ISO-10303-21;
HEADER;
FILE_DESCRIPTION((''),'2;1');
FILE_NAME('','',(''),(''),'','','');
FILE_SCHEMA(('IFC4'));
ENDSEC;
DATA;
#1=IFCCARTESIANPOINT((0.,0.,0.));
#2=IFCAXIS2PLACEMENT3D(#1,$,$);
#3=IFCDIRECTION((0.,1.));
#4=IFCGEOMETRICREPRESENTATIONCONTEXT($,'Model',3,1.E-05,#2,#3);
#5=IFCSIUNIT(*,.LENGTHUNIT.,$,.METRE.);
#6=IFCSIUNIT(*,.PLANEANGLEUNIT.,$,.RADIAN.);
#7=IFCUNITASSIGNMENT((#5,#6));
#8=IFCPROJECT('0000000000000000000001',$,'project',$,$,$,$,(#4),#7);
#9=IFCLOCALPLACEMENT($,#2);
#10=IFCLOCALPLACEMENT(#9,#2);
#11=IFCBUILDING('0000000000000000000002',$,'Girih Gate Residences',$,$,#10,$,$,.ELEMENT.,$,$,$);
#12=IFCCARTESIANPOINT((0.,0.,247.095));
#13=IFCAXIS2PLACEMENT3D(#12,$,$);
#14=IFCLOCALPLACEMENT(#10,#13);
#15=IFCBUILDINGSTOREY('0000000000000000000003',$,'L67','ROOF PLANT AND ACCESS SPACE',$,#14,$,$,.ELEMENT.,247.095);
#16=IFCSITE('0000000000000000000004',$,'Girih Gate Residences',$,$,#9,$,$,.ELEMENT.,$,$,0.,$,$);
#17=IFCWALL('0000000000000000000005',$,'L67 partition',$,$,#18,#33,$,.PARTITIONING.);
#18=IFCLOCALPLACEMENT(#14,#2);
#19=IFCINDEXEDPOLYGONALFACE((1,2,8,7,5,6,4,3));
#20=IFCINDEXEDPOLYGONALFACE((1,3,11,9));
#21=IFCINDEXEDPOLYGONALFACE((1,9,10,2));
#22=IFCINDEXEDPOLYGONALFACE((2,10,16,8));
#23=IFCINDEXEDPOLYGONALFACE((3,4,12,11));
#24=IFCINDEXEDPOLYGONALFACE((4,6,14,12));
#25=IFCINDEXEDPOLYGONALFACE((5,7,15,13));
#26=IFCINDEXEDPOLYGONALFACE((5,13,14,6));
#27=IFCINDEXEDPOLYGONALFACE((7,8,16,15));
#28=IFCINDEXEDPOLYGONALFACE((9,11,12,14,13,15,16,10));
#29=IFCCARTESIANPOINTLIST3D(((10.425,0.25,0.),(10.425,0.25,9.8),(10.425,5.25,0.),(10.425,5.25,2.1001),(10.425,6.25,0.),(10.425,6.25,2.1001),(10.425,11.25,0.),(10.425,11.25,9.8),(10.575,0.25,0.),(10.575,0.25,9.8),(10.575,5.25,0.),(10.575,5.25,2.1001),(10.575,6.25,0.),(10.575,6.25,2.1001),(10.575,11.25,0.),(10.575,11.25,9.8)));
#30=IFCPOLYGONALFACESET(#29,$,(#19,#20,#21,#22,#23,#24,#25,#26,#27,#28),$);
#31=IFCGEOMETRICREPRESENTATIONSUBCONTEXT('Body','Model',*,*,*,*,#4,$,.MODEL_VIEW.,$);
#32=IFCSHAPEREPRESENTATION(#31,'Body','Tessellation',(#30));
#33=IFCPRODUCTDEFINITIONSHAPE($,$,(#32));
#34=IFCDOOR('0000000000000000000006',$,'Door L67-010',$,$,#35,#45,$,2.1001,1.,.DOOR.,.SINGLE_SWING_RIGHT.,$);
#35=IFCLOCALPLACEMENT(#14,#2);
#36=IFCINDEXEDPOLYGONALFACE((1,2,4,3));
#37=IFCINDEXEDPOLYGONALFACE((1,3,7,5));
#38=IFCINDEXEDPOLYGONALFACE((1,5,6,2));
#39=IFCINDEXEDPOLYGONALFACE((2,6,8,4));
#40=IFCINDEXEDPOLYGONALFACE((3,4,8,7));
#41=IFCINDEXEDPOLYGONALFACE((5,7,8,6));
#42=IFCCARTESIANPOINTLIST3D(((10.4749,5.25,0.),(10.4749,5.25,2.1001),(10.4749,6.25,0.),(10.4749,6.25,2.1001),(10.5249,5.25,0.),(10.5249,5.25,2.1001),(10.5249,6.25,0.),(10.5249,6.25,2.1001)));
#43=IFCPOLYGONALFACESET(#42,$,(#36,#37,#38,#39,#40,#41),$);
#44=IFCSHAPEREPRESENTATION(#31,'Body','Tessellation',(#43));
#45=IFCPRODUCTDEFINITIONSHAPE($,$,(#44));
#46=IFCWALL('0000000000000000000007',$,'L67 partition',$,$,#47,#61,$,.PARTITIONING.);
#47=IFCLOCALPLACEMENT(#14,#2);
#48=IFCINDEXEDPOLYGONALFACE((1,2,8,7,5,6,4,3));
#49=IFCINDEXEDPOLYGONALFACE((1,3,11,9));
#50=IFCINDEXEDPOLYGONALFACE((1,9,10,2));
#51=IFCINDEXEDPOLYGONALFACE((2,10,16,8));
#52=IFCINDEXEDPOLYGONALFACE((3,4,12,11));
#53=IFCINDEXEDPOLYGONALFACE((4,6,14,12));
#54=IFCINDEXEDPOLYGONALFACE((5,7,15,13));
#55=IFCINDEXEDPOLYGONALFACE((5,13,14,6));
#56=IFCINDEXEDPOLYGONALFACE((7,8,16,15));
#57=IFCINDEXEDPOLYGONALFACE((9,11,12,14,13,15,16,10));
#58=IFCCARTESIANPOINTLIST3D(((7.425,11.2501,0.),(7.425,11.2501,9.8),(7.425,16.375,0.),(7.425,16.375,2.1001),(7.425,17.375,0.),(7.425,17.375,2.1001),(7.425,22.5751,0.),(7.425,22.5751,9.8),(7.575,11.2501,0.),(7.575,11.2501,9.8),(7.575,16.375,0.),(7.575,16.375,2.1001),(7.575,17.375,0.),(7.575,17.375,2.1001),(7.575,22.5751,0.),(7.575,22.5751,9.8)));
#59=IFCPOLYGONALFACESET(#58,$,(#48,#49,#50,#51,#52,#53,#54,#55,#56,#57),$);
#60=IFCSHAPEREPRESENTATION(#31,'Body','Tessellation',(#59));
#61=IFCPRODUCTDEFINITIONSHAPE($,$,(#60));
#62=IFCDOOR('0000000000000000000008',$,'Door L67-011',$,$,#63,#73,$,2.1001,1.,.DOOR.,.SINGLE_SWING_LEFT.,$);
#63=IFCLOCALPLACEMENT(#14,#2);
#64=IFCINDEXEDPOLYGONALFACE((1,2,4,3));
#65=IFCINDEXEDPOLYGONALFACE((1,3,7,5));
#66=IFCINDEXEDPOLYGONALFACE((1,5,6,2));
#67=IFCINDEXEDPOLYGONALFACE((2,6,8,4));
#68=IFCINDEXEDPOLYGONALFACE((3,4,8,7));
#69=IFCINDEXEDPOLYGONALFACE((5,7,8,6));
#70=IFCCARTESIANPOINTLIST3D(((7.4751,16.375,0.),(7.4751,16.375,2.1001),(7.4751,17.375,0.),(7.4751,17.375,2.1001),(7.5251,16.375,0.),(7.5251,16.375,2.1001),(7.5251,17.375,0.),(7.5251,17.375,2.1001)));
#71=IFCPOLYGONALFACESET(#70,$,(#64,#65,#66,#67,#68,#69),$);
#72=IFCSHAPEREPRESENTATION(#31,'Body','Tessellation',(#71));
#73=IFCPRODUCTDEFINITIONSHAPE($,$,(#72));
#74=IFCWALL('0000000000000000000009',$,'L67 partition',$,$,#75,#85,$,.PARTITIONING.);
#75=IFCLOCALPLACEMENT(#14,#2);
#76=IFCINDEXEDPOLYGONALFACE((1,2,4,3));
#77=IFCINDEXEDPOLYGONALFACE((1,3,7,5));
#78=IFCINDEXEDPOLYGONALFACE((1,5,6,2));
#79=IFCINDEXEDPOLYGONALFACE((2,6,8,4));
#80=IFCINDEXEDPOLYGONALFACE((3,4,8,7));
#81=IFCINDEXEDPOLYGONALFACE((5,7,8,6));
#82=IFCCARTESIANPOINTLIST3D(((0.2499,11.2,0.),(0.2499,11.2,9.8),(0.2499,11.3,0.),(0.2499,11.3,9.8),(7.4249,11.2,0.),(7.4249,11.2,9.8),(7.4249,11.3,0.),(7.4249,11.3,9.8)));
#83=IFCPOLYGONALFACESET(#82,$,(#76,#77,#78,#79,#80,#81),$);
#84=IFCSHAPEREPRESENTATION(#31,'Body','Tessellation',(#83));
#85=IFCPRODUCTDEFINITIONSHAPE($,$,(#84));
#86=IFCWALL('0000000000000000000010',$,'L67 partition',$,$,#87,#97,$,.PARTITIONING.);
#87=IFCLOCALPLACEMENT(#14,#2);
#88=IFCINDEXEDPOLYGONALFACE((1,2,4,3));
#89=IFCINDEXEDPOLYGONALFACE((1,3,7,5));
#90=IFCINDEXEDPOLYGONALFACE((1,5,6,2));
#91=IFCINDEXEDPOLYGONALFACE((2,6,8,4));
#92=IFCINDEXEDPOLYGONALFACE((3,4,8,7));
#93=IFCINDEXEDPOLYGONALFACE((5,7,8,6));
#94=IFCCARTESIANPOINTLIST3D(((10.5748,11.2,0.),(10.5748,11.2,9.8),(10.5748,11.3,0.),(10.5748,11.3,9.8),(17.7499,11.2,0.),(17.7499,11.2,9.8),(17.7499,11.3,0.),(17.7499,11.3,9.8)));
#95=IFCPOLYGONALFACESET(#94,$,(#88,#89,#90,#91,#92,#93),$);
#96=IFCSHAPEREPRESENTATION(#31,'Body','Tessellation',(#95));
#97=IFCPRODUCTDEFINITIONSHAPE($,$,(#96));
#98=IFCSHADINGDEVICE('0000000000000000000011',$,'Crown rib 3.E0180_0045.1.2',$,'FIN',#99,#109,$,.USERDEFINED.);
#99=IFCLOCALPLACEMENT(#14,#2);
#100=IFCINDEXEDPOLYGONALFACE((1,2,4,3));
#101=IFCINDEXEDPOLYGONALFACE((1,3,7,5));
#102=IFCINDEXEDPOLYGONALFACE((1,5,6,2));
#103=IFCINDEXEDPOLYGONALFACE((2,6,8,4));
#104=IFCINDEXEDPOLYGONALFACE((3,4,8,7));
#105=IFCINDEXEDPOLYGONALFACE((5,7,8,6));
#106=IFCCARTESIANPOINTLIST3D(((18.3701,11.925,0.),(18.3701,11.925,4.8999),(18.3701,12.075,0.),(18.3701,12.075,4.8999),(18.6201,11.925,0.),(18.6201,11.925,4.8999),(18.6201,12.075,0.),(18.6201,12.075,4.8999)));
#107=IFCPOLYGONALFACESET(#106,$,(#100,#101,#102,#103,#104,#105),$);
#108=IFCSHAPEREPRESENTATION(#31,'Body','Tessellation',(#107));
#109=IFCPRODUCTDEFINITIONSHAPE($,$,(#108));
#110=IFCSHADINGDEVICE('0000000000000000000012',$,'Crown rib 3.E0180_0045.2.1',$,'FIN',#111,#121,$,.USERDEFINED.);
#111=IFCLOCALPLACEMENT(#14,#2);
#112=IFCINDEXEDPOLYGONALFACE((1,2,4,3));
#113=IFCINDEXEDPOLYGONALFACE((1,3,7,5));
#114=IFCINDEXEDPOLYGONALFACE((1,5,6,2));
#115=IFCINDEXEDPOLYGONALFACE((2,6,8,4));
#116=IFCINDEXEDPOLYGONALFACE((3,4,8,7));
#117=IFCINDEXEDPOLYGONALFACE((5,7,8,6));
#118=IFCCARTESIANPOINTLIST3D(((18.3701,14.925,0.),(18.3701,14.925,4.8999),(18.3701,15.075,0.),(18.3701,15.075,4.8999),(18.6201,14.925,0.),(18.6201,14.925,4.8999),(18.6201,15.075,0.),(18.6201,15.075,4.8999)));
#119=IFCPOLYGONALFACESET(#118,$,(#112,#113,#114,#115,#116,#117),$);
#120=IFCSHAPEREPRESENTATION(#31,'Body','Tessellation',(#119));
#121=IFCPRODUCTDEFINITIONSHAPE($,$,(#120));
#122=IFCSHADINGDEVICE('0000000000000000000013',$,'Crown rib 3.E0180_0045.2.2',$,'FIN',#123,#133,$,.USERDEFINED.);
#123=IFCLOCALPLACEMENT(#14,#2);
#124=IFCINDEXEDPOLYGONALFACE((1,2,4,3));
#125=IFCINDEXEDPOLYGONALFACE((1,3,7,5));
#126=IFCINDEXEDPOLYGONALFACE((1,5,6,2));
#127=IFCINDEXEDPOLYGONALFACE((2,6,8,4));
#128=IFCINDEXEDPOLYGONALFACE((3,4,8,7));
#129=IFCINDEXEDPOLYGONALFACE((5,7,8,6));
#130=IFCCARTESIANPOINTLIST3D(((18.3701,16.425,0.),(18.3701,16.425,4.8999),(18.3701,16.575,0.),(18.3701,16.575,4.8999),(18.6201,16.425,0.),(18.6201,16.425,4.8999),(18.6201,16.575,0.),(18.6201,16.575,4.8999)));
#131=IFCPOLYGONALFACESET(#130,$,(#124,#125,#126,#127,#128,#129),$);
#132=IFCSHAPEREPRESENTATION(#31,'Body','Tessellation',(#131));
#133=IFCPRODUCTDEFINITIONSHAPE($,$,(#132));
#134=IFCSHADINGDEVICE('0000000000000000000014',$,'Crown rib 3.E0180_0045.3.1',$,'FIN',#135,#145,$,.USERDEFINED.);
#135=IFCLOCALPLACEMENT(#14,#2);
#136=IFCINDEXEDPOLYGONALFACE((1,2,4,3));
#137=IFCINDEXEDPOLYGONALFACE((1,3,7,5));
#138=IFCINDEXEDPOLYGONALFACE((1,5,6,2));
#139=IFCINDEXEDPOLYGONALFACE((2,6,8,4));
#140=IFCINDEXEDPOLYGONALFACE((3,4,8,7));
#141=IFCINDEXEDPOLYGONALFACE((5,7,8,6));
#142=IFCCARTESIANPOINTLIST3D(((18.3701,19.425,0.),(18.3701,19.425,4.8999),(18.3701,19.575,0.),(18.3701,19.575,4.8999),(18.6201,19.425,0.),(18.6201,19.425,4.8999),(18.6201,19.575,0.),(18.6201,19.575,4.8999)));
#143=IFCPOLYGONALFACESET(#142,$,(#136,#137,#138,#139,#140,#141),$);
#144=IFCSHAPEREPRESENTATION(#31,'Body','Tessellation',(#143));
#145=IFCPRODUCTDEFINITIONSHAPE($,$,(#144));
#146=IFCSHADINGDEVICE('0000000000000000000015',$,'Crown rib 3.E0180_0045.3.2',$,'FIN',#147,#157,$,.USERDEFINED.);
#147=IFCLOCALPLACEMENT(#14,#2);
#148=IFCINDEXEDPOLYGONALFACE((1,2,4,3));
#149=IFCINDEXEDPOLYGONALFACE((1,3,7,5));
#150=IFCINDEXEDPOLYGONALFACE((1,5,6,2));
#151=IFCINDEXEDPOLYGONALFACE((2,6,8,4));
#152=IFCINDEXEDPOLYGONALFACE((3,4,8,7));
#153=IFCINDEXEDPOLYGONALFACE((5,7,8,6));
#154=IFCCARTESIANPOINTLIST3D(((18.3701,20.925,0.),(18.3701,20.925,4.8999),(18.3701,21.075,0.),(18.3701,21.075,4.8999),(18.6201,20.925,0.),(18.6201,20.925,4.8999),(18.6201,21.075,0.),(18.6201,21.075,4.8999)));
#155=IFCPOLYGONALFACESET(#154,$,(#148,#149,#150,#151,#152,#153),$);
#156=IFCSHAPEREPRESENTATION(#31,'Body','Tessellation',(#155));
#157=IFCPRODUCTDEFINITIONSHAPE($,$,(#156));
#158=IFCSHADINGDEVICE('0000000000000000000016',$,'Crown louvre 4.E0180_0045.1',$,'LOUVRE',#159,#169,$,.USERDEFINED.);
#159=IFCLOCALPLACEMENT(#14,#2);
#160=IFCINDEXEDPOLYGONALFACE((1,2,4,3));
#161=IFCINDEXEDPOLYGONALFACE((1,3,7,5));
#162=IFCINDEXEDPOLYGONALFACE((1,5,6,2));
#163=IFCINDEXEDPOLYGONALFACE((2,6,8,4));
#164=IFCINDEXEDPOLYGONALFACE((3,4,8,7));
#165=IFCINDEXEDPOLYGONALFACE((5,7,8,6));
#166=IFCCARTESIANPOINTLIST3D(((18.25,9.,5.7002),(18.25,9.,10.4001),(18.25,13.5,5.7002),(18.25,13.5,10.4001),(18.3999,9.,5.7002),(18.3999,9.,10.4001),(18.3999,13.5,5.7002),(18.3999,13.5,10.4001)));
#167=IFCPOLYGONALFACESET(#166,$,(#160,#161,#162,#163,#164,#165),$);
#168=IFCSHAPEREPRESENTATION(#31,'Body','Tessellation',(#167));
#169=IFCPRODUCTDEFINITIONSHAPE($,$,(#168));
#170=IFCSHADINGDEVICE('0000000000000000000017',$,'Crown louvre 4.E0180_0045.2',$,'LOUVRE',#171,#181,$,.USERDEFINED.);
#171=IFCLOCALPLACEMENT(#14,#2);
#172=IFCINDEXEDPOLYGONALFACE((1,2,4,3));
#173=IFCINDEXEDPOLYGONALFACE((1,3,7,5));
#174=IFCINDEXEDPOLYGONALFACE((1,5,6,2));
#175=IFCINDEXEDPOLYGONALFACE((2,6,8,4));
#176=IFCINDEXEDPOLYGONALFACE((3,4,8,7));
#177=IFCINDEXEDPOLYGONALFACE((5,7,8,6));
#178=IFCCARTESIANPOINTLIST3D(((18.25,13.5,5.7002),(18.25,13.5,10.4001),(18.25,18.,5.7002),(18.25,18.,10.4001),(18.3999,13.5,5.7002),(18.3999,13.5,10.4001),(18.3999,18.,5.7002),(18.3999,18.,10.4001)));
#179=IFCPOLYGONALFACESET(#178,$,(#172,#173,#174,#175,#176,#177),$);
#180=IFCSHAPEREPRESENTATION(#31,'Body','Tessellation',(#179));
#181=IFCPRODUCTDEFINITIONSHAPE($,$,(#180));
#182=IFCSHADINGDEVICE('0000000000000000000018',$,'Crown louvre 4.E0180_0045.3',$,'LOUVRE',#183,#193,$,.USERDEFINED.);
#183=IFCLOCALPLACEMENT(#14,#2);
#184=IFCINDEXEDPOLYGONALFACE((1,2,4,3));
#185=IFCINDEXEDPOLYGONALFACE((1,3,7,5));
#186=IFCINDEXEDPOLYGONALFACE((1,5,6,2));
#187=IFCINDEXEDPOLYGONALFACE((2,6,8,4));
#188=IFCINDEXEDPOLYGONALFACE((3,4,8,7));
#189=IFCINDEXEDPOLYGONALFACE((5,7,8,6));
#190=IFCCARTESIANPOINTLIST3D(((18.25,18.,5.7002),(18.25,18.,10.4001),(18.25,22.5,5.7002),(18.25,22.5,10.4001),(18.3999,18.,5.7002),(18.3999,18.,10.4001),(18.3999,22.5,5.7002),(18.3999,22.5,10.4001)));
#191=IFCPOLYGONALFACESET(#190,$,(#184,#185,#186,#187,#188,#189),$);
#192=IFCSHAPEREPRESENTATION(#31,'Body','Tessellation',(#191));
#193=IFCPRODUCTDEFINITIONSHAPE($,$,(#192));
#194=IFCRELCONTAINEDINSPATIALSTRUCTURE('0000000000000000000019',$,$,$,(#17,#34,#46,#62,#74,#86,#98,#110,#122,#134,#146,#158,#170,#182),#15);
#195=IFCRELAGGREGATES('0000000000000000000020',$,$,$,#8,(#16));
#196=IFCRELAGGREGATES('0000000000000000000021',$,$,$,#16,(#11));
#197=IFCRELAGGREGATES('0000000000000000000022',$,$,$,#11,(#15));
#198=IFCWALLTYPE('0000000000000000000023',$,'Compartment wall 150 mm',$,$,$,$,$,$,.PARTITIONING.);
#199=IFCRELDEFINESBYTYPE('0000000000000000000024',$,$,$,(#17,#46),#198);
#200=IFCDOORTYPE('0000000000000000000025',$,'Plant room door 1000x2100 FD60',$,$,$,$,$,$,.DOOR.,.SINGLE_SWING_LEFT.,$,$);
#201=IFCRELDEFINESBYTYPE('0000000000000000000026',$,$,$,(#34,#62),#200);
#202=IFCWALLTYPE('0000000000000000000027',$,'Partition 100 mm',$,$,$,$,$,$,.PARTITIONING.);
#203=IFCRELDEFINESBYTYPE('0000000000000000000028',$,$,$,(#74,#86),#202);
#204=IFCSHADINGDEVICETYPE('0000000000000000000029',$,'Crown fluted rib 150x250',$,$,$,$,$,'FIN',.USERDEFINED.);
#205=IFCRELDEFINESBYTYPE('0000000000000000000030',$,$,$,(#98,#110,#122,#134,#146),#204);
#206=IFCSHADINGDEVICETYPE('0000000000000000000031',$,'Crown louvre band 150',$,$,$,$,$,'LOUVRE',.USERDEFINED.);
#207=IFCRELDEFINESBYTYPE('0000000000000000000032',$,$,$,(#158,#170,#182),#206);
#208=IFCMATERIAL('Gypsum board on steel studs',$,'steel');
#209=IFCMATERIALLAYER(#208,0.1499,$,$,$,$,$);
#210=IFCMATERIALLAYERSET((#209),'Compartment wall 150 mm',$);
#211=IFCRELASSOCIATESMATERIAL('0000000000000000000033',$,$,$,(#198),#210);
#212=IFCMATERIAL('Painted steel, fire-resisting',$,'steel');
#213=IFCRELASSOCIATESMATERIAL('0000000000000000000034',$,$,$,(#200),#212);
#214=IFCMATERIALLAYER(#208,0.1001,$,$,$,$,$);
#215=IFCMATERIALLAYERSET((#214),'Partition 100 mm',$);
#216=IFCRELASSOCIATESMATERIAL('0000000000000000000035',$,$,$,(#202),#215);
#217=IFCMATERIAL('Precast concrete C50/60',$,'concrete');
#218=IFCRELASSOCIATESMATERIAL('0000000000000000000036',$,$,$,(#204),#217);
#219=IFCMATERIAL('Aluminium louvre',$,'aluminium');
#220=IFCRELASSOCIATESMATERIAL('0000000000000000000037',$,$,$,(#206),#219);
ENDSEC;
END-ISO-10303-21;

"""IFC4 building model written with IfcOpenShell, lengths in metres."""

from ifc_helpers import new_model, si_unit, direction, frame, frame_2d, origin, origin_2d, place, context, subcontext, project, spatial, rectangle, extrude, material, layer, layer_set, type_object, element, fill, save


model = new_model("IFC4")

# Units and contexts
model_context = context("Model", 3, precision=1e-05, world=origin(), true_north=direction((0.0, 1.0)))
body_context = subcontext(model_context, "Body", "Model", "MODEL_VIEW")
ifc_project = project(units=[si_unit("LENGTHUNIT", "METRE"), si_unit("PLANEANGLEUNIT", "RADIAN")], contexts=[model_context])

# Site, building, storey
site_placement = place(None, origin())
site = spatial("IfcSite", under=ifc_project, at=site_placement, Name="Girih Gate Residences", CompositionType="ELEMENT", RefElevation=0.0)
building_placement = place(site_placement, origin())
building = spatial("IfcBuilding", under=site, at=building_placement, Name="Girih Gate Residences", CompositionType="ELEMENT")
storey_placement = place(building_placement, frame((0.0, 0.0, 247.095)))
storey = spatial("IfcBuildingStorey", under=building, at=storey_placement, Name="L67", Description="ROOF PLANT AND ACCESS SPACE", CompositionType="ELEMENT", Elevation=247.095)

# Walls, openings, doors
ifc_material_1 = material(Name="Gypsum board on steel studs", Category="steel")
ifc_layer_1 = layer(ifc_material_1, 0.1499)
ifc_layer_set_1 = layer_set([ifc_layer_1], Name="Compartment wall 150 mm")
wall_type_1 = type_object("IfcWallType", Name="Compartment wall 150 mm", PredefinedType="PARTITIONING", material=ifc_layer_set_1)
wall_1_placement = place(storey_placement, frame((10.5, 11.25, 0.0), z_axis=(0.0, 0.0, 1.0), x_axis=(0.0, -1.0, 0.0)))
wall_1 = element("IfcWall", 1, at=wall_1_placement, inside=storey, type_object=wall_type_1, Name="L67 partition", PredefinedType="PARTITIONING", context=body_context, shape_type="SweptSolid", body=[
    extrude(rectangle(XDim=11.0, YDim=0.1499, at=frame_2d((5.5, 0.0))), origin(), (0.0, 0.0, 1.0), 9.8),
])
opening_1_placement = place(wall_1_placement, frame((5.0, 0.0, 0.0)))
opening_1 = element("IfcOpeningElement", 2, at=opening_1_placement, cuts=wall_1, PredefinedType="OPENING", context=body_context, shape_type="SweptSolid", body=[
    extrude(rectangle(XDim=1.0, YDim=2.1001, at=frame_2d((0.5, 1.05))), frame((0.0, 0.085, 0.0), z_axis=(0.0, -1.0, 0.0), x_axis=(1.0, 0.0, 0.0)), (0.0, 0.0, 1.0), 0.1699),
])
ifc_material_2 = material(Name="Painted steel, fire-resisting", Category="steel")
door_type = type_object("IfcDoorType", Name="Plant room door 1000x2100 FD60", OperationType="SINGLE_SWING_LEFT", PredefinedType="DOOR", material=ifc_material_2)
door_1_placement = place(opening_1_placement, origin())
door_1 = element("IfcDoor", 3, at=door_1_placement, inside=storey, type_object=door_type, Name="Door L67-010", OperationType="SINGLE_SWING_RIGHT", OverallHeight=2.1001, OverallWidth=1.0, PredefinedType="DOOR", context=body_context, shape_type="SweptSolid", body=[
    extrude(rectangle(XDim=1.0, YDim=2.1001, at=frame_2d((0.5, 1.05))), frame((0.0, 0.0249, 0.0), z_axis=(0.0, -1.0, 0.0), x_axis=(1.0, 0.0, 0.0)), (0.0, 0.0, 1.0), 0.05),
])
fill(opening_1, door_1)
wall_2_placement = place(storey_placement, frame((7.5, 11.25, 0.0), z_axis=(0.0, 0.0, 1.0), x_axis=(0.0, 1.0, 0.0)))
wall_2 = element("IfcWall", 4, at=wall_2_placement, inside=storey, type_object=wall_type_1, Name="L67 partition", PredefinedType="PARTITIONING", context=body_context, shape_type="SweptSolid", body=[
    extrude(rectangle(XDim=11.325, YDim=0.1499, at=frame_2d((5.6626, 0.0))), origin(), (0.0, 0.0, 1.0), 9.8),
])
opening_2_placement = place(wall_2_placement, frame((5.125, 0.0, 0.0)))
opening_2 = element("IfcOpeningElement", 5, at=opening_2_placement, cuts=wall_2, PredefinedType="OPENING", context=body_context, shape_type="SweptSolid", body=[
    extrude(rectangle(XDim=1.0, YDim=2.1001, at=frame_2d((0.5, 1.05))), frame((0.0, 0.085, 0.0), z_axis=(0.0, -1.0, 0.0), x_axis=(1.0, 0.0, 0.0)), (0.0, 0.0, 1.0), 0.1699),
])
door_2_placement = place(opening_2_placement, origin())
door_2 = element("IfcDoor", 6, at=door_2_placement, inside=storey, type_object=door_type, Name="Door L67-011", OperationType="SINGLE_SWING_LEFT", OverallHeight=2.1001, OverallWidth=1.0, PredefinedType="DOOR", context=body_context, shape_type="SweptSolid", body=[
    extrude(rectangle(XDim=1.0, YDim=2.1001, at=frame_2d((0.5, 1.05))), frame((0.0, 0.0249, 0.0), z_axis=(0.0, -1.0, 0.0), x_axis=(1.0, 0.0, 0.0)), (0.0, 0.0, 1.0), 0.05),
])
fill(opening_2, door_2)

# Walls
ifc_layer_2 = layer(ifc_material_1, 0.1001)
ifc_layer_set_2 = layer_set([ifc_layer_2], Name="Partition 100 mm")
wall_type_2 = type_object("IfcWallType", Name="Partition 100 mm", PredefinedType="PARTITIONING", material=ifc_layer_set_2)
for number, where, z_axis, x_axis, name in (
    (7, (0.25, 11.25, 0.0), (0.0, 0.0, 1.0), (1.0, 0.0, 0.0), "L67 partition"),
    (8, (10.575, 11.25, 0.0), (0.0, 0.0, 1.0), (1.0, 0.0, 0.0), "L67 partition"),
):
    element("IfcWall", number, at=place(storey_placement, frame(where, z_axis=z_axis, x_axis=x_axis)), inside=storey, type_object=wall_type_2, Name=name, PredefinedType="PARTITIONING", context=body_context, shape_type="SweptSolid", body=[
        extrude(rectangle(XDim=7.175, YDim=0.1001, at=frame_2d((3.5874, 0.0))), origin(), (0.0, 0.0, 1.0), 9.8),
    ])

# Shading devices
ifc_material_3 = material(Name="Precast concrete C50/60", Category="concrete")
shading_device_type_1 = type_object("IfcShadingDeviceType", Name="Crown fluted rib 150x250", ElementType="FIN", PredefinedType="USERDEFINED", material=ifc_material_3)
for number, where, z_axis, x_axis, name in (
    (9, (18.4951, 12.0, 0.0), (0.0, 0.0, 1.0), (0.0, 1.0, 0.0), "Crown rib 3.E0180_0045.1.2"),
    (10, (18.4951, 15.0, 0.0), (0.0, 0.0, 1.0), (0.0, 1.0, 0.0), "Crown rib 3.E0180_0045.2.1"),
    (11, (18.4951, 16.5, 0.0), (0.0, 0.0, 1.0), (0.0, 1.0, 0.0), "Crown rib 3.E0180_0045.2.2"),
    (12, (18.4951, 19.5, 0.0), (0.0, 0.0, 1.0), (0.0, 1.0, 0.0), "Crown rib 3.E0180_0045.3.1"),
    (13, (18.4951, 21.0, 0.0), (0.0, 0.0, 1.0), (0.0, 1.0, 0.0), "Crown rib 3.E0180_0045.3.2"),
):
    element("IfcShadingDevice", number, at=place(storey_placement, frame(where, z_axis=z_axis, x_axis=x_axis)), inside=storey, type_object=shading_device_type_1, Name=name, ObjectType="FIN", PredefinedType="USERDEFINED", context=body_context, shape_type="SweptSolid", body=[
        extrude(rectangle(XDim=0.1499, YDim=0.25, at=origin_2d()), origin(), (0.0, 0.0, 1.0), 4.8999),
    ])
ifc_material_4 = material(Name="Aluminium louvre", Category="aluminium")
shading_device_type_2 = type_object("IfcShadingDeviceType", Name="Crown louvre band 150", ElementType="LOUVRE", PredefinedType="USERDEFINED", material=ifc_material_4)
for number, where, z_axis, x_axis, name in (
    (14, (18.325, 11.25, 5.7002), (0.0, 0.0, 1.0), (0.0, 1.0, 0.0), "Crown louvre 4.E0180_0045.1"),
    (15, (18.325, 15.75, 5.7002), (0.0, 0.0, 1.0), (0.0, 1.0, 0.0), "Crown louvre 4.E0180_0045.2"),
    (16, (18.325, 20.25, 5.7002), (0.0, 0.0, 1.0), (0.0, 1.0, 0.0), "Crown louvre 4.E0180_0045.3"),
):
    element("IfcShadingDevice", number, at=place(storey_placement, frame(where, z_axis=z_axis, x_axis=x_axis)), inside=storey, type_object=shading_device_type_2, Name=name, ObjectType="LOUVRE", PredefinedType="USERDEFINED", context=body_context, shape_type="SweptSolid", body=[
        extrude(rectangle(XDim=4.5, YDim=0.1499, at=origin_2d()), origin(), (0.0, 0.0, 1.0), 4.7),
    ])

save(model, "model.ifc")
